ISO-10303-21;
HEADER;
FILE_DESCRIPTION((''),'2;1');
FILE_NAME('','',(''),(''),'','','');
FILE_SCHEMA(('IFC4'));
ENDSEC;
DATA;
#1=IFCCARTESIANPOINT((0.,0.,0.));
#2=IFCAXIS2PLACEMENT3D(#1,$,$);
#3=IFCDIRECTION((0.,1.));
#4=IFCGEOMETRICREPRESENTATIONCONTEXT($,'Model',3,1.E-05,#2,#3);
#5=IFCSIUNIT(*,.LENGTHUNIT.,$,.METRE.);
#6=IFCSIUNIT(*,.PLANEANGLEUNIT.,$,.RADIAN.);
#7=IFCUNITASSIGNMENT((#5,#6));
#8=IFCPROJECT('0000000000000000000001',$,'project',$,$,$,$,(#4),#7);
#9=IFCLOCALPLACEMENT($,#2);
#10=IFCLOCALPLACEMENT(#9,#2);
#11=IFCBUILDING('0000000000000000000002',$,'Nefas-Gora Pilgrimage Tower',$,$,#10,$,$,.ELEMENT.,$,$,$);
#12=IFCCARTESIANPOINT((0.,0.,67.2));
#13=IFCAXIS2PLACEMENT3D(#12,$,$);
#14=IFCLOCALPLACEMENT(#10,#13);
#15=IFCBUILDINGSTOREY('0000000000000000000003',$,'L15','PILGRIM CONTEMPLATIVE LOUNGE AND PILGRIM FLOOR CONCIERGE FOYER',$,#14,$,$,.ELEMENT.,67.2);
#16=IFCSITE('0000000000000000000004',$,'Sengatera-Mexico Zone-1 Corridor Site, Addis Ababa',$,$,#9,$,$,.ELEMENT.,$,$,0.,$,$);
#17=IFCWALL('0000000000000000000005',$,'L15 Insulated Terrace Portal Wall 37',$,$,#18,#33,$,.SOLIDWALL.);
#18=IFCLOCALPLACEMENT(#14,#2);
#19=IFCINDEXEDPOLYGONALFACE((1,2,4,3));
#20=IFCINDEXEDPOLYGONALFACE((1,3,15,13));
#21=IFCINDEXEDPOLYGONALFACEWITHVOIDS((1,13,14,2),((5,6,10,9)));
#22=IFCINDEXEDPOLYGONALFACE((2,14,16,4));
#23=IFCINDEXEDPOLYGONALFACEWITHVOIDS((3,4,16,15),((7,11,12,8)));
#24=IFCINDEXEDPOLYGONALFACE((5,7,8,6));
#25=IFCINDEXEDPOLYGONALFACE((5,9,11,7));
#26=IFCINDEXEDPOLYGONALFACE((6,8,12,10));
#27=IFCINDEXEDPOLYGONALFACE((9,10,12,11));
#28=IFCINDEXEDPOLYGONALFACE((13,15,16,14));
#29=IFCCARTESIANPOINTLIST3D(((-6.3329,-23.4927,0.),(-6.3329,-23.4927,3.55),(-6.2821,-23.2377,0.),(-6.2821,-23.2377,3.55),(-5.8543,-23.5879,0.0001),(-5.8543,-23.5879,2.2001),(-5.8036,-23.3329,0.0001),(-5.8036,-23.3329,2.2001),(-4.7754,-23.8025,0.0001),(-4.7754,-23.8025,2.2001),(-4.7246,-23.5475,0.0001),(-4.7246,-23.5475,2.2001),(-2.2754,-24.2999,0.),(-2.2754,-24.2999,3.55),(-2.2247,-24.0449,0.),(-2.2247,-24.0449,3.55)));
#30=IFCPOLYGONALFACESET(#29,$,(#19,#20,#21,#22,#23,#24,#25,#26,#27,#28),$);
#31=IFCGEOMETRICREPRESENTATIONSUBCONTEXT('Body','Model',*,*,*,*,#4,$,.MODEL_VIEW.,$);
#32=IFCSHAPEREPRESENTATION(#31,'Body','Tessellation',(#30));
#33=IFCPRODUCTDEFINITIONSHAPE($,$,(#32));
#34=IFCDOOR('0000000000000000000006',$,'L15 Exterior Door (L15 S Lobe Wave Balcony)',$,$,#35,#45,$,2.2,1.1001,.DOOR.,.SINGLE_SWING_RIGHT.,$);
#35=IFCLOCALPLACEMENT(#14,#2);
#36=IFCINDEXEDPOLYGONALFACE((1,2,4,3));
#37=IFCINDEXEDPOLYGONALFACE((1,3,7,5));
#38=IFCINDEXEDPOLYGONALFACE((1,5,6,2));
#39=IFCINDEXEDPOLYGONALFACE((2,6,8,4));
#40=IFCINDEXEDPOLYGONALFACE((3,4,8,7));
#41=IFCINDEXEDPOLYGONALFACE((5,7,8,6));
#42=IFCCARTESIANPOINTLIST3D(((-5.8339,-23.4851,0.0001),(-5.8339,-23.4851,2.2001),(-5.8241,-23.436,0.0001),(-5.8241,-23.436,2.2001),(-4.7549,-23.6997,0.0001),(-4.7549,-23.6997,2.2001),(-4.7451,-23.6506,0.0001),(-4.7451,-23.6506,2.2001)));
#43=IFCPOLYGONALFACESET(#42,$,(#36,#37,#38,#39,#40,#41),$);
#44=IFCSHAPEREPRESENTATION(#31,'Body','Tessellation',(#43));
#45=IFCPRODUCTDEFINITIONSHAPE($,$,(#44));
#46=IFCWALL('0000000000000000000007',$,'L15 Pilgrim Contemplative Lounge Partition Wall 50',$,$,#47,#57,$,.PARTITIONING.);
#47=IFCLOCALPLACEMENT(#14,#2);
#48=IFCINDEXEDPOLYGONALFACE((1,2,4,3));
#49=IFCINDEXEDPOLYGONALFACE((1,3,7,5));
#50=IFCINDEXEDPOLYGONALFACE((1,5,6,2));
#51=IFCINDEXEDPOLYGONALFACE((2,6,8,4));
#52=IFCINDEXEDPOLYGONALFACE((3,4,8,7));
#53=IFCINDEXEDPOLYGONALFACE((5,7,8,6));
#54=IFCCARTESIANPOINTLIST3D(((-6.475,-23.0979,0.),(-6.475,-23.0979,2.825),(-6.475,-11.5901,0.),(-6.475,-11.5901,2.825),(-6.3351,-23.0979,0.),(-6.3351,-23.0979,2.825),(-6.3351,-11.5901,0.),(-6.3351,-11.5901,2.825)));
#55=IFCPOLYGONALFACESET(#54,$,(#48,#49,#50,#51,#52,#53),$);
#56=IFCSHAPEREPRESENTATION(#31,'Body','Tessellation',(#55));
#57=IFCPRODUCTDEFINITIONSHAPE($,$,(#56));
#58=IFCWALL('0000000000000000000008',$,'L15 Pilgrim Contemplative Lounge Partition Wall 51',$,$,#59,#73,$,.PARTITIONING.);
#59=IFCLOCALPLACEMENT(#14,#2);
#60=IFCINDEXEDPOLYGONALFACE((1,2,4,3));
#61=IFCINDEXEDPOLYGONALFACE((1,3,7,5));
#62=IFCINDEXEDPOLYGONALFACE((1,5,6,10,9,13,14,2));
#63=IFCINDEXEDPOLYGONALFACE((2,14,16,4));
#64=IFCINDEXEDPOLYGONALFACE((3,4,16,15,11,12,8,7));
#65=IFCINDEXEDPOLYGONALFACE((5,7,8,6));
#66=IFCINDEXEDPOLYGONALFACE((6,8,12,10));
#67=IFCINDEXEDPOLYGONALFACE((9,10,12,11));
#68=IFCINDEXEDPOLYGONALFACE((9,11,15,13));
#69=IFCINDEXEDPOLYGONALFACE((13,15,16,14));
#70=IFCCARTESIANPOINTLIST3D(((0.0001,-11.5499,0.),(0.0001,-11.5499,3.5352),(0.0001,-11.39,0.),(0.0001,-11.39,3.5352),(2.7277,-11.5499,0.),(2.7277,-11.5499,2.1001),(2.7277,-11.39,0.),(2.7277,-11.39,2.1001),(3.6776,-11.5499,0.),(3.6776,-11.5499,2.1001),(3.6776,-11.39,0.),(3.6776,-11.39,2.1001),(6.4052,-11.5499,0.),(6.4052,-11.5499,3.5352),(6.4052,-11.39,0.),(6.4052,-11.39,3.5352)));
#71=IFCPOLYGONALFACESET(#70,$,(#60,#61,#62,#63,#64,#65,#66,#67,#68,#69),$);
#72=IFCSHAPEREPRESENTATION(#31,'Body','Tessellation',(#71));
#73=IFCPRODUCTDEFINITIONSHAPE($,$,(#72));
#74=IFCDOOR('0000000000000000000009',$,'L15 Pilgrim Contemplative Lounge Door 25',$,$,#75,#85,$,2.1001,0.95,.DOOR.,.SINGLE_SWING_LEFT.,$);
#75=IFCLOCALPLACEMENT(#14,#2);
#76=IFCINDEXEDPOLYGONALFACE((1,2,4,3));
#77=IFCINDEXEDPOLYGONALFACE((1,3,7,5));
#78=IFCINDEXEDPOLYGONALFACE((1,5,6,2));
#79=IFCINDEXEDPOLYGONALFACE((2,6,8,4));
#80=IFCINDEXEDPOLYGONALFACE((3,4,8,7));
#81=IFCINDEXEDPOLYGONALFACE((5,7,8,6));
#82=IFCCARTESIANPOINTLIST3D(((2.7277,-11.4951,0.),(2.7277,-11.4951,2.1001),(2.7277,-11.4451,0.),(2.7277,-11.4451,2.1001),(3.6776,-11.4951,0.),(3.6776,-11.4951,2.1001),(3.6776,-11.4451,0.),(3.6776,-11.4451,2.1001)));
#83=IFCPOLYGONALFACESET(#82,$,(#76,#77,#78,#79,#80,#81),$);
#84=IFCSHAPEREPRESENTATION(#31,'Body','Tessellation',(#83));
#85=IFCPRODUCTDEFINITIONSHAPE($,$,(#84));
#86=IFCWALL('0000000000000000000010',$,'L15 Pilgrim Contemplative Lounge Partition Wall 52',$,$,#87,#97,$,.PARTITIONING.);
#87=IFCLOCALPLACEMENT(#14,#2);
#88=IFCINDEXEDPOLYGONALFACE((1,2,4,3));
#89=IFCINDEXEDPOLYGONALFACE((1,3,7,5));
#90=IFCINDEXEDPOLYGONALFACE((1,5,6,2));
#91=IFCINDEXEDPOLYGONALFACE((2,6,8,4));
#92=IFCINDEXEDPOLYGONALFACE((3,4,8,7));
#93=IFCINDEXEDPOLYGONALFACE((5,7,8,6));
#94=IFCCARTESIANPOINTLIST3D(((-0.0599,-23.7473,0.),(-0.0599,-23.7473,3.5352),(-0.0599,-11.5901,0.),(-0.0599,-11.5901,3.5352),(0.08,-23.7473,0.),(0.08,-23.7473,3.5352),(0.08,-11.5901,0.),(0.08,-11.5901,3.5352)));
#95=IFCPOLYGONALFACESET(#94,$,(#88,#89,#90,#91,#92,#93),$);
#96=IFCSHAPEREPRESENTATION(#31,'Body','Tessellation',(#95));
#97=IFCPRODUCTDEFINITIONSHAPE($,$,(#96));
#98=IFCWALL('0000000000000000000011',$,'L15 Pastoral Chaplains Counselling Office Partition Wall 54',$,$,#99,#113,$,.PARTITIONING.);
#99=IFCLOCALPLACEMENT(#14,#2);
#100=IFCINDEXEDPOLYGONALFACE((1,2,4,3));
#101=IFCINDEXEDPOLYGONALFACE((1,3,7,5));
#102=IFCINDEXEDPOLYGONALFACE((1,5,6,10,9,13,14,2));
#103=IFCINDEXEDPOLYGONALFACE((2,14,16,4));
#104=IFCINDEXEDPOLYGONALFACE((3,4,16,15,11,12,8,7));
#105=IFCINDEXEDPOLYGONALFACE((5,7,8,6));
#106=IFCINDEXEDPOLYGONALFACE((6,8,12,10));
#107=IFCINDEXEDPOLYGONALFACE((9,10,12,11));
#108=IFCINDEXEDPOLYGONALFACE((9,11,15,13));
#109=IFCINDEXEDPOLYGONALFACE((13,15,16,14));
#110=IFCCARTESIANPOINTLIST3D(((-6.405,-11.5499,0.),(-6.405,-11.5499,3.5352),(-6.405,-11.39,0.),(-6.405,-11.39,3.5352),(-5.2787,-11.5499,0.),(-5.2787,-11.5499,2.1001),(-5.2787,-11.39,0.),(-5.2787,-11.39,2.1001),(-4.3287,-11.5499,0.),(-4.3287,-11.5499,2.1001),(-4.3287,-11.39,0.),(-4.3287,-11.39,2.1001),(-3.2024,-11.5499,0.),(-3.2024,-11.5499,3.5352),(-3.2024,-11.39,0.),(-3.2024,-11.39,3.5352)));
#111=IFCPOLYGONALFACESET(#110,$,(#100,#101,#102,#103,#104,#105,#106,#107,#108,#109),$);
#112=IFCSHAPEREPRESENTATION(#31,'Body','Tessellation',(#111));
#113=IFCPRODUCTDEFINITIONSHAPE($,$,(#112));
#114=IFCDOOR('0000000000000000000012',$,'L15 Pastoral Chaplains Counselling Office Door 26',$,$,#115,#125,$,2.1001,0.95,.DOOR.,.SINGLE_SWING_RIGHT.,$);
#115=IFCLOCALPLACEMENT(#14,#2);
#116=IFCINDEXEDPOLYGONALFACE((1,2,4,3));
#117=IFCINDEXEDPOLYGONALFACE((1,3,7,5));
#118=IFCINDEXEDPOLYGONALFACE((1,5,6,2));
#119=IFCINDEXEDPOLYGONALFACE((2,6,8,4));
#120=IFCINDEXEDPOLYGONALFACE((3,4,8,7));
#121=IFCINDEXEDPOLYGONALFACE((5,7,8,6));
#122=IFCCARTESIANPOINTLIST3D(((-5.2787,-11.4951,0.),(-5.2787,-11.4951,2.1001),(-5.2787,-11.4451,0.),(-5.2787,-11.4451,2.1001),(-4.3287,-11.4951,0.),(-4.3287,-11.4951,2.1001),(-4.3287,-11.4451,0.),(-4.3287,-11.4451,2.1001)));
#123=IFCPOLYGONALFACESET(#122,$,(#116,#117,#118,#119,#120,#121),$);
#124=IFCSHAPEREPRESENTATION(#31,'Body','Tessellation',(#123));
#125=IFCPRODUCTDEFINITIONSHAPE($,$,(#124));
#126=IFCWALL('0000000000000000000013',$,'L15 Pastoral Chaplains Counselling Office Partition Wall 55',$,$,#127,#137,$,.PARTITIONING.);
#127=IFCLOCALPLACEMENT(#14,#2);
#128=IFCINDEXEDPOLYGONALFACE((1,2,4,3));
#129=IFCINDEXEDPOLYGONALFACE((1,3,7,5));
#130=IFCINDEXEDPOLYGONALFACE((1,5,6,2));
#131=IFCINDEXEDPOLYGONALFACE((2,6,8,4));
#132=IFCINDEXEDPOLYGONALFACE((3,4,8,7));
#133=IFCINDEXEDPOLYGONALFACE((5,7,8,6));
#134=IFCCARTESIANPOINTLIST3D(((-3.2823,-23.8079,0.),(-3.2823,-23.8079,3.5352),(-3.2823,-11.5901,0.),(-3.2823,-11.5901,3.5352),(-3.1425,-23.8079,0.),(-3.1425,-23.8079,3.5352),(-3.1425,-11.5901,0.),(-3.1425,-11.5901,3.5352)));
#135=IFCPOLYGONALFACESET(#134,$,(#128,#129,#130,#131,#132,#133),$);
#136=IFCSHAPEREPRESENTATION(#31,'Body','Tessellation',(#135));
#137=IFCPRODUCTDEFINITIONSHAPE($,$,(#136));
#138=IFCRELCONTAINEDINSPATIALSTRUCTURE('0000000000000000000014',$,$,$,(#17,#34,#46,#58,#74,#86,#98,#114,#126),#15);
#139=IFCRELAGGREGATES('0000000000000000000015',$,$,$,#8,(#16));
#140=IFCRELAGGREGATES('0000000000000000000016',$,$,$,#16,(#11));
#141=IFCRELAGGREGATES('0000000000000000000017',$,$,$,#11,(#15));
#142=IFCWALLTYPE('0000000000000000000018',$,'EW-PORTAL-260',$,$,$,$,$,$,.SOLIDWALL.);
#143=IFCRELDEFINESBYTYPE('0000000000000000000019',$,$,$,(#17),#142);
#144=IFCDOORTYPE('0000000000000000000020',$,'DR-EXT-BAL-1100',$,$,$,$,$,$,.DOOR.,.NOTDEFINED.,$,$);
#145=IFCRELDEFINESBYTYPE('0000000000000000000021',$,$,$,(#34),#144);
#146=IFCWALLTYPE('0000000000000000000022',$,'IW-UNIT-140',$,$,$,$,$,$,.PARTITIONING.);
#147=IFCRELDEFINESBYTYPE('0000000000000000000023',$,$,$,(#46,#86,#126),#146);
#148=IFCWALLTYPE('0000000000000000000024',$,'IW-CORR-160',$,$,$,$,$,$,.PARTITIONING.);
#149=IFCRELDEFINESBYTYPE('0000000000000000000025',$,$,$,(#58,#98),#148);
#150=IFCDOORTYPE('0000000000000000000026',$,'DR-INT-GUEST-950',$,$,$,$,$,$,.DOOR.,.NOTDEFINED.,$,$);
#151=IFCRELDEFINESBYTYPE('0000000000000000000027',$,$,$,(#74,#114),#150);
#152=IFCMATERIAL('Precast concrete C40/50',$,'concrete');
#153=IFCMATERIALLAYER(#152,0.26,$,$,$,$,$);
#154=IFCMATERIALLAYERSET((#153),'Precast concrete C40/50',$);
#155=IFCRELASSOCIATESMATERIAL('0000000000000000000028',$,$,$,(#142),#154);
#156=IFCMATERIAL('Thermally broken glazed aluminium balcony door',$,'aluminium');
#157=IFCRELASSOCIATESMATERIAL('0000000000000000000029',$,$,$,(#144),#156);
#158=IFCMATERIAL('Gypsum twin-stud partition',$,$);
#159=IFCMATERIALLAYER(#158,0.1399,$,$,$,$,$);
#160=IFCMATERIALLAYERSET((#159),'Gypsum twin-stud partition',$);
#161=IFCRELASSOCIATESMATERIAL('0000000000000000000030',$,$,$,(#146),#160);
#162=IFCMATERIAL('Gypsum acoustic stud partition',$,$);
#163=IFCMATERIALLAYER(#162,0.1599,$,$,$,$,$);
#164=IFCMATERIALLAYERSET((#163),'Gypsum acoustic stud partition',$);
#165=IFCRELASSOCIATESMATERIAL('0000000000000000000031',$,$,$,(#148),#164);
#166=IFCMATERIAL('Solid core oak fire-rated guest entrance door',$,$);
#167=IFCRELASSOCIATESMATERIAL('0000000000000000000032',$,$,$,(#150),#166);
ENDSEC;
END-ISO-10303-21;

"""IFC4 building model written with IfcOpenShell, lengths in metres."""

from ifc_helpers import new_model, si_unit, direction, frame, frame_2d, origin, place, context, subcontext, project, spatial, rectangle, extrude, source, transform, mapped, material, layer, layer_set, type_object, element, fill, save


model = new_model("IFC4")

# Units and contexts
model_context = context("Model", 3, precision=1e-05, world=origin(), true_north=direction((0.0, 1.0)))
body_context = subcontext(model_context, "Body", "Model", "MODEL_VIEW")
ifc_project = project(units=[si_unit("LENGTHUNIT", "METRE"), si_unit("PLANEANGLEUNIT", "RADIAN")], contexts=[model_context])

# Site, building, storey
site_placement = place(None, origin())
site = spatial("IfcSite", under=ifc_project, at=site_placement, Name="Sengatera-Mexico Zone-1 Corridor Site, Addis Ababa", CompositionType="ELEMENT", RefElevation=0.0)
building_placement = place(site_placement, origin())
building = spatial("IfcBuilding", under=site, at=building_placement, Name="Nefas-Gora Pilgrimage Tower", CompositionType="ELEMENT")
storey_placement = place(building_placement, frame((0.0, 0.0, 67.2)))
storey = spatial("IfcBuildingStorey", under=building, at=storey_placement, Name="L15", Description="PILGRIM CONTEMPLATIVE LOUNGE AND PILGRIM FLOOR CONCIERGE FOYER", CompositionType="ELEMENT", Elevation=67.2)

# Shared definitions
ifc_material_1 = material(Name="Precast concrete C40/50", Category="concrete")
ifc_layer_1 = layer(ifc_material_1, 0.26)
ifc_layer_set_1 = layer_set([ifc_layer_1], Name="Precast concrete C40/50")
wall_type_1 = type_object("IfcWallType", Name="EW-PORTAL-260", PredefinedType="SOLIDWALL", material=ifc_layer_set_1)

# Wall, opening, door
shared_shape_1 = source(origin(), body_context, "Body", "SweptSolid", [
    extrude(rectangle(XDim=4.137, YDim=0.26, at=frame_2d((2.0684, 0.0))), origin(), (0.0, 0.0, 1.0), 3.55),
])
wall_1_placement = place(storey_placement, frame((-6.3074, -23.3652, 0.0), z_axis=(0.0, 0.0, 1.0), x_axis=(0.980782, -0.195106, 0.0)))
wall_1 = element("IfcWall", 1, at=wall_1_placement, inside=storey, type_object=wall_type_1, Name="L15 Insulated Terrace Portal Wall 37", PredefinedType="SOLIDWALL", context=body_context, shape_type="MappedRepresentation", body=[
    mapped(shared_shape_1, transform((0.0, 0.0, 0.0), x_axis=(1.0, 0.0, 0.0), y_axis=(0.0, 1.0, 0.0), z_axis=(0.0, 0.0, 1.0), scale=1.0)),
])
opening_1_placement = place(wall_1_placement, frame((0.4878, 0.0, 0.0)))
opening_1 = element("IfcOpeningElement", 2, at=opening_1_placement, cuts=wall_1, PredefinedType="OPENING", context=body_context, shape_type="SweptSolid", body=[
    extrude(rectangle(XDim=1.1001, YDim=2.2, at=frame_2d((0.55, 1.1001))), frame((0.0, 0.1399, 0.0), z_axis=(0.0, -1.0, 0.0), x_axis=(1.0, 0.0, 0.0)), (0.0, 0.0, 1.0), 0.28),
])
ifc_material_2 = material(Name="Thermally broken glazed aluminium balcony door", Category="aluminium")
door_type_1 = type_object("IfcDoorType", Name="DR-EXT-BAL-1100", OperationType="NOTDEFINED", PredefinedType="DOOR", material=ifc_material_2)
shared_shape_2 = source(origin(), body_context, "Body", "SweptSolid", [
    extrude(rectangle(XDim=1.1001, YDim=2.2, at=frame_2d((0.55, 1.1001))), frame((0.0, 0.0249, 0.0), z_axis=(0.0, -1.0, 0.0), x_axis=(1.0, 0.0, 0.0)), (0.0, 0.0, 1.0), 0.05),
])
door_1_placement = place(opening_1_placement, origin())
door_1 = element("IfcDoor", 3, at=door_1_placement, inside=storey, type_object=door_type_1, Name="L15 Exterior Door (L15 S Lobe Wave Balcony)", OperationType="SINGLE_SWING_RIGHT", OverallHeight=2.2, OverallWidth=1.1001, PredefinedType="DOOR", context=body_context, shape_type="MappedRepresentation", body=[
    mapped(shared_shape_2, transform((0.0, 0.0, 0.0), x_axis=(1.0, 0.0, 0.0), y_axis=(0.0, 1.0, 0.0), z_axis=(0.0, 0.0, 1.0), scale=1.0)),
])
fill(opening_1, door_1)

# Wall
ifc_material_3 = material(Name="Gypsum twin-stud partition")
ifc_layer_2 = layer(ifc_material_3, 0.1399)
ifc_layer_set_2 = layer_set([ifc_layer_2], Name="Gypsum twin-stud partition")
wall_type_2 = type_object("IfcWallType", Name="IW-UNIT-140", PredefinedType="PARTITIONING", material=ifc_layer_set_2)
shared_shape_3 = source(origin(), body_context, "Body", "SweptSolid", [
    extrude(rectangle(XDim=11.5078, YDim=0.1399, at=frame_2d((5.7539, 0.0))), origin(), (0.0, 0.0, 1.0), 2.825),
])
wall_2_placement = place(storey_placement, frame((-6.405, -23.0979, 0.0), z_axis=(0.0, 0.0, 1.0), x_axis=(0.0, 1.0, 0.0)))
element("IfcWall", 4, at=wall_2_placement, inside=storey, type_object=wall_type_2, Name="L15 Pilgrim Contemplative Lounge Partition Wall 50", PredefinedType="PARTITIONING", context=body_context, shape_type="MappedRepresentation", body=[
    mapped(shared_shape_3, transform((0.0, 0.0, 0.0), x_axis=(1.0, 0.0, 0.0), y_axis=(0.0, 1.0, 0.0), z_axis=(0.0, 0.0, 1.0), scale=1.0)),
])

# Wall, opening, door
ifc_material_4 = material(Name="Gypsum acoustic stud partition")
ifc_layer_3 = layer(ifc_material_4, 0.1599)
ifc_layer_set_3 = layer_set([ifc_layer_3], Name="Gypsum acoustic stud partition")
wall_type_3 = type_object("IfcWallType", Name="IW-CORR-160", PredefinedType="PARTITIONING", material=ifc_layer_set_3)
shared_shape_4 = source(origin(), body_context, "Body", "SweptSolid", [
    extrude(rectangle(XDim=6.405, YDim=0.1599, at=frame_2d((3.2026, 0.0))), origin(), (0.0, 0.0, 1.0), 3.5352),
])
wall_3_placement = place(storey_placement, frame((0.0, -11.47, 0.0), z_axis=(0.0, 0.0, 1.0), x_axis=(1.0, 0.0, 0.0)))
wall_3 = element("IfcWall", 5, at=wall_3_placement, inside=storey, type_object=wall_type_3, Name="L15 Pilgrim Contemplative Lounge Partition Wall 51", PredefinedType="PARTITIONING", context=body_context, shape_type="MappedRepresentation", body=[
    mapped(shared_shape_4, transform((0.0, 0.0, 0.0), x_axis=(1.0, 0.0, 0.0), y_axis=(0.0, 1.0, 0.0), z_axis=(0.0, 0.0, 1.0), scale=1.0)),
])
opening_2_placement = place(wall_3_placement, frame((2.7275, 0.0, 0.0)))
opening_2 = element("IfcOpeningElement", 6, at=opening_2_placement, cuts=wall_3, PredefinedType="OPENING", context=body_context, shape_type="SweptSolid", body=[
    extrude(rectangle(XDim=0.95, YDim=2.1001, at=frame_2d((0.4751, 1.05))), frame((0.0, 0.0898, 0.0), z_axis=(0.0, -1.0, 0.0), x_axis=(1.0, 0.0, 0.0)), (0.0, 0.0, 1.0), 0.1799),
])
ifc_material_5 = material(Name="Solid core oak fire-rated guest entrance door")
door_type_2 = type_object("IfcDoorType", Name="DR-INT-GUEST-950", OperationType="NOTDEFINED", PredefinedType="DOOR", material=ifc_material_5)
shared_shape_5 = source(origin(), body_context, "Body", "SweptSolid", [
    extrude(rectangle(XDim=0.95, YDim=2.1001, at=frame_2d((0.4751, 1.05))), frame((0.0, 0.0249, 0.0), z_axis=(0.0, -1.0, 0.0), x_axis=(1.0, 0.0, 0.0)), (0.0, 0.0, 1.0), 0.05),
])
door_2_placement = place(opening_2_placement, origin())
door_2 = element("IfcDoor", 7, at=door_2_placement, inside=storey, type_object=door_type_2, Name="L15 Pilgrim Contemplative Lounge Door 25", OperationType="SINGLE_SWING_LEFT", OverallHeight=2.1001, OverallWidth=0.95, PredefinedType="DOOR", context=body_context, shape_type="MappedRepresentation", body=[
    mapped(shared_shape_5, transform((0.0, 0.0, 0.0), x_axis=(1.0, 0.0, 0.0), y_axis=(0.0, 1.0, 0.0), z_axis=(0.0, 0.0, 1.0), scale=1.0)),
])
fill(opening_2, door_2)

# Wall
shared_shape_6 = source(origin(), body_context, "Body", "SweptSolid", [
    extrude(rectangle(XDim=12.1572, YDim=0.1399, at=frame_2d((6.0786, 0.0))), origin(), (0.0, 0.0, 1.0), 3.5352),
])
wall_4_placement = place(storey_placement, frame((0.01, -23.7473, 0.0), z_axis=(0.0, 0.0, 1.0), x_axis=(0.0, 1.0, 0.0)))
element("IfcWall", 8, at=wall_4_placement, inside=storey, type_object=wall_type_2, Name="L15 Pilgrim Contemplative Lounge Partition Wall 52", PredefinedType="PARTITIONING", context=body_context, shape_type="MappedRepresentation", body=[
    mapped(shared_shape_6, transform((0.0, 0.0, 0.0), x_axis=(1.0, 0.0, 0.0), y_axis=(0.0, 1.0, 0.0), z_axis=(0.0, 0.0, 1.0), scale=1.0)),
])

# Wall, opening, door
shared_shape_7 = source(origin(), body_context, "Body", "SweptSolid", [
    extrude(rectangle(XDim=3.2026, YDim=0.1599, at=frame_2d((1.6013, 0.0))), origin(), (0.0, 0.0, 1.0), 3.5352),
])
wall_5_placement = place(storey_placement, frame((-6.405, -11.47, 0.0), z_axis=(0.0, 0.0, 1.0), x_axis=(1.0, 0.0, 0.0)))
wall_5 = element("IfcWall", 9, at=wall_5_placement, inside=storey, type_object=wall_type_3, Name="L15 Pastoral Chaplains Counselling Office Partition Wall 54", PredefinedType="PARTITIONING", context=body_context, shape_type="MappedRepresentation", body=[
    mapped(shared_shape_7, transform((0.0, 0.0, 0.0), x_axis=(1.0, 0.0, 0.0), y_axis=(0.0, 1.0, 0.0), z_axis=(0.0, 0.0, 1.0), scale=1.0)),
])
opening_3_placement = place(wall_5_placement, frame((1.1262, 0.0, 0.0)))
opening_3 = element("IfcOpeningElement", 10, at=opening_3_placement, cuts=wall_5, PredefinedType="OPENING", context=body_context, shape_type="SweptSolid", body=[
    extrude(rectangle(XDim=0.95, YDim=2.1001, at=frame_2d((0.4751, 1.05))), frame((0.0, 0.0898, 0.0), z_axis=(0.0, -1.0, 0.0), x_axis=(1.0, 0.0, 0.0)), (0.0, 0.0, 1.0), 0.1799),
])
door_3_placement = place(opening_3_placement, origin())
door_3 = element("IfcDoor", 11, at=door_3_placement, inside=storey, type_object=door_type_2, Name="L15 Pastoral Chaplains Counselling Office Door 26", OperationType="SINGLE_SWING_RIGHT", OverallHeight=2.1001, OverallWidth=0.95, PredefinedType="DOOR", context=body_context, shape_type="MappedRepresentation", body=[
    mapped(shared_shape_5, transform((0.0, 0.0, 0.0), x_axis=(1.0, 0.0, 0.0), y_axis=(0.0, 1.0, 0.0), z_axis=(0.0, 0.0, 1.0), scale=1.0)),
])
fill(opening_3, door_3)

# Wall
shared_shape_8 = source(origin(), body_context, "Body", "SweptSolid", [
    extrude(rectangle(XDim=12.2178, YDim=0.1399, at=frame_2d((6.1089, 0.0))), origin(), (0.0, 0.0, 1.0), 3.5352),
])
wall_6_placement = place(storey_placement, frame((-3.2124, -23.8079, 0.0), z_axis=(0.0, 0.0, 1.0), x_axis=(0.0, 1.0, 0.0)))
element("IfcWall", 12, at=wall_6_placement, inside=storey, type_object=wall_type_2, Name="L15 Pastoral Chaplains Counselling Office Partition Wall 55", PredefinedType="PARTITIONING", context=body_context, shape_type="MappedRepresentation", body=[
    mapped(shared_shape_8, transform((0.0, 0.0, 0.0), x_axis=(1.0, 0.0, 0.0), y_axis=(0.0, 1.0, 0.0), z_axis=(0.0, 0.0, 1.0), scale=1.0)),
])

save(model, "model.ifc")
